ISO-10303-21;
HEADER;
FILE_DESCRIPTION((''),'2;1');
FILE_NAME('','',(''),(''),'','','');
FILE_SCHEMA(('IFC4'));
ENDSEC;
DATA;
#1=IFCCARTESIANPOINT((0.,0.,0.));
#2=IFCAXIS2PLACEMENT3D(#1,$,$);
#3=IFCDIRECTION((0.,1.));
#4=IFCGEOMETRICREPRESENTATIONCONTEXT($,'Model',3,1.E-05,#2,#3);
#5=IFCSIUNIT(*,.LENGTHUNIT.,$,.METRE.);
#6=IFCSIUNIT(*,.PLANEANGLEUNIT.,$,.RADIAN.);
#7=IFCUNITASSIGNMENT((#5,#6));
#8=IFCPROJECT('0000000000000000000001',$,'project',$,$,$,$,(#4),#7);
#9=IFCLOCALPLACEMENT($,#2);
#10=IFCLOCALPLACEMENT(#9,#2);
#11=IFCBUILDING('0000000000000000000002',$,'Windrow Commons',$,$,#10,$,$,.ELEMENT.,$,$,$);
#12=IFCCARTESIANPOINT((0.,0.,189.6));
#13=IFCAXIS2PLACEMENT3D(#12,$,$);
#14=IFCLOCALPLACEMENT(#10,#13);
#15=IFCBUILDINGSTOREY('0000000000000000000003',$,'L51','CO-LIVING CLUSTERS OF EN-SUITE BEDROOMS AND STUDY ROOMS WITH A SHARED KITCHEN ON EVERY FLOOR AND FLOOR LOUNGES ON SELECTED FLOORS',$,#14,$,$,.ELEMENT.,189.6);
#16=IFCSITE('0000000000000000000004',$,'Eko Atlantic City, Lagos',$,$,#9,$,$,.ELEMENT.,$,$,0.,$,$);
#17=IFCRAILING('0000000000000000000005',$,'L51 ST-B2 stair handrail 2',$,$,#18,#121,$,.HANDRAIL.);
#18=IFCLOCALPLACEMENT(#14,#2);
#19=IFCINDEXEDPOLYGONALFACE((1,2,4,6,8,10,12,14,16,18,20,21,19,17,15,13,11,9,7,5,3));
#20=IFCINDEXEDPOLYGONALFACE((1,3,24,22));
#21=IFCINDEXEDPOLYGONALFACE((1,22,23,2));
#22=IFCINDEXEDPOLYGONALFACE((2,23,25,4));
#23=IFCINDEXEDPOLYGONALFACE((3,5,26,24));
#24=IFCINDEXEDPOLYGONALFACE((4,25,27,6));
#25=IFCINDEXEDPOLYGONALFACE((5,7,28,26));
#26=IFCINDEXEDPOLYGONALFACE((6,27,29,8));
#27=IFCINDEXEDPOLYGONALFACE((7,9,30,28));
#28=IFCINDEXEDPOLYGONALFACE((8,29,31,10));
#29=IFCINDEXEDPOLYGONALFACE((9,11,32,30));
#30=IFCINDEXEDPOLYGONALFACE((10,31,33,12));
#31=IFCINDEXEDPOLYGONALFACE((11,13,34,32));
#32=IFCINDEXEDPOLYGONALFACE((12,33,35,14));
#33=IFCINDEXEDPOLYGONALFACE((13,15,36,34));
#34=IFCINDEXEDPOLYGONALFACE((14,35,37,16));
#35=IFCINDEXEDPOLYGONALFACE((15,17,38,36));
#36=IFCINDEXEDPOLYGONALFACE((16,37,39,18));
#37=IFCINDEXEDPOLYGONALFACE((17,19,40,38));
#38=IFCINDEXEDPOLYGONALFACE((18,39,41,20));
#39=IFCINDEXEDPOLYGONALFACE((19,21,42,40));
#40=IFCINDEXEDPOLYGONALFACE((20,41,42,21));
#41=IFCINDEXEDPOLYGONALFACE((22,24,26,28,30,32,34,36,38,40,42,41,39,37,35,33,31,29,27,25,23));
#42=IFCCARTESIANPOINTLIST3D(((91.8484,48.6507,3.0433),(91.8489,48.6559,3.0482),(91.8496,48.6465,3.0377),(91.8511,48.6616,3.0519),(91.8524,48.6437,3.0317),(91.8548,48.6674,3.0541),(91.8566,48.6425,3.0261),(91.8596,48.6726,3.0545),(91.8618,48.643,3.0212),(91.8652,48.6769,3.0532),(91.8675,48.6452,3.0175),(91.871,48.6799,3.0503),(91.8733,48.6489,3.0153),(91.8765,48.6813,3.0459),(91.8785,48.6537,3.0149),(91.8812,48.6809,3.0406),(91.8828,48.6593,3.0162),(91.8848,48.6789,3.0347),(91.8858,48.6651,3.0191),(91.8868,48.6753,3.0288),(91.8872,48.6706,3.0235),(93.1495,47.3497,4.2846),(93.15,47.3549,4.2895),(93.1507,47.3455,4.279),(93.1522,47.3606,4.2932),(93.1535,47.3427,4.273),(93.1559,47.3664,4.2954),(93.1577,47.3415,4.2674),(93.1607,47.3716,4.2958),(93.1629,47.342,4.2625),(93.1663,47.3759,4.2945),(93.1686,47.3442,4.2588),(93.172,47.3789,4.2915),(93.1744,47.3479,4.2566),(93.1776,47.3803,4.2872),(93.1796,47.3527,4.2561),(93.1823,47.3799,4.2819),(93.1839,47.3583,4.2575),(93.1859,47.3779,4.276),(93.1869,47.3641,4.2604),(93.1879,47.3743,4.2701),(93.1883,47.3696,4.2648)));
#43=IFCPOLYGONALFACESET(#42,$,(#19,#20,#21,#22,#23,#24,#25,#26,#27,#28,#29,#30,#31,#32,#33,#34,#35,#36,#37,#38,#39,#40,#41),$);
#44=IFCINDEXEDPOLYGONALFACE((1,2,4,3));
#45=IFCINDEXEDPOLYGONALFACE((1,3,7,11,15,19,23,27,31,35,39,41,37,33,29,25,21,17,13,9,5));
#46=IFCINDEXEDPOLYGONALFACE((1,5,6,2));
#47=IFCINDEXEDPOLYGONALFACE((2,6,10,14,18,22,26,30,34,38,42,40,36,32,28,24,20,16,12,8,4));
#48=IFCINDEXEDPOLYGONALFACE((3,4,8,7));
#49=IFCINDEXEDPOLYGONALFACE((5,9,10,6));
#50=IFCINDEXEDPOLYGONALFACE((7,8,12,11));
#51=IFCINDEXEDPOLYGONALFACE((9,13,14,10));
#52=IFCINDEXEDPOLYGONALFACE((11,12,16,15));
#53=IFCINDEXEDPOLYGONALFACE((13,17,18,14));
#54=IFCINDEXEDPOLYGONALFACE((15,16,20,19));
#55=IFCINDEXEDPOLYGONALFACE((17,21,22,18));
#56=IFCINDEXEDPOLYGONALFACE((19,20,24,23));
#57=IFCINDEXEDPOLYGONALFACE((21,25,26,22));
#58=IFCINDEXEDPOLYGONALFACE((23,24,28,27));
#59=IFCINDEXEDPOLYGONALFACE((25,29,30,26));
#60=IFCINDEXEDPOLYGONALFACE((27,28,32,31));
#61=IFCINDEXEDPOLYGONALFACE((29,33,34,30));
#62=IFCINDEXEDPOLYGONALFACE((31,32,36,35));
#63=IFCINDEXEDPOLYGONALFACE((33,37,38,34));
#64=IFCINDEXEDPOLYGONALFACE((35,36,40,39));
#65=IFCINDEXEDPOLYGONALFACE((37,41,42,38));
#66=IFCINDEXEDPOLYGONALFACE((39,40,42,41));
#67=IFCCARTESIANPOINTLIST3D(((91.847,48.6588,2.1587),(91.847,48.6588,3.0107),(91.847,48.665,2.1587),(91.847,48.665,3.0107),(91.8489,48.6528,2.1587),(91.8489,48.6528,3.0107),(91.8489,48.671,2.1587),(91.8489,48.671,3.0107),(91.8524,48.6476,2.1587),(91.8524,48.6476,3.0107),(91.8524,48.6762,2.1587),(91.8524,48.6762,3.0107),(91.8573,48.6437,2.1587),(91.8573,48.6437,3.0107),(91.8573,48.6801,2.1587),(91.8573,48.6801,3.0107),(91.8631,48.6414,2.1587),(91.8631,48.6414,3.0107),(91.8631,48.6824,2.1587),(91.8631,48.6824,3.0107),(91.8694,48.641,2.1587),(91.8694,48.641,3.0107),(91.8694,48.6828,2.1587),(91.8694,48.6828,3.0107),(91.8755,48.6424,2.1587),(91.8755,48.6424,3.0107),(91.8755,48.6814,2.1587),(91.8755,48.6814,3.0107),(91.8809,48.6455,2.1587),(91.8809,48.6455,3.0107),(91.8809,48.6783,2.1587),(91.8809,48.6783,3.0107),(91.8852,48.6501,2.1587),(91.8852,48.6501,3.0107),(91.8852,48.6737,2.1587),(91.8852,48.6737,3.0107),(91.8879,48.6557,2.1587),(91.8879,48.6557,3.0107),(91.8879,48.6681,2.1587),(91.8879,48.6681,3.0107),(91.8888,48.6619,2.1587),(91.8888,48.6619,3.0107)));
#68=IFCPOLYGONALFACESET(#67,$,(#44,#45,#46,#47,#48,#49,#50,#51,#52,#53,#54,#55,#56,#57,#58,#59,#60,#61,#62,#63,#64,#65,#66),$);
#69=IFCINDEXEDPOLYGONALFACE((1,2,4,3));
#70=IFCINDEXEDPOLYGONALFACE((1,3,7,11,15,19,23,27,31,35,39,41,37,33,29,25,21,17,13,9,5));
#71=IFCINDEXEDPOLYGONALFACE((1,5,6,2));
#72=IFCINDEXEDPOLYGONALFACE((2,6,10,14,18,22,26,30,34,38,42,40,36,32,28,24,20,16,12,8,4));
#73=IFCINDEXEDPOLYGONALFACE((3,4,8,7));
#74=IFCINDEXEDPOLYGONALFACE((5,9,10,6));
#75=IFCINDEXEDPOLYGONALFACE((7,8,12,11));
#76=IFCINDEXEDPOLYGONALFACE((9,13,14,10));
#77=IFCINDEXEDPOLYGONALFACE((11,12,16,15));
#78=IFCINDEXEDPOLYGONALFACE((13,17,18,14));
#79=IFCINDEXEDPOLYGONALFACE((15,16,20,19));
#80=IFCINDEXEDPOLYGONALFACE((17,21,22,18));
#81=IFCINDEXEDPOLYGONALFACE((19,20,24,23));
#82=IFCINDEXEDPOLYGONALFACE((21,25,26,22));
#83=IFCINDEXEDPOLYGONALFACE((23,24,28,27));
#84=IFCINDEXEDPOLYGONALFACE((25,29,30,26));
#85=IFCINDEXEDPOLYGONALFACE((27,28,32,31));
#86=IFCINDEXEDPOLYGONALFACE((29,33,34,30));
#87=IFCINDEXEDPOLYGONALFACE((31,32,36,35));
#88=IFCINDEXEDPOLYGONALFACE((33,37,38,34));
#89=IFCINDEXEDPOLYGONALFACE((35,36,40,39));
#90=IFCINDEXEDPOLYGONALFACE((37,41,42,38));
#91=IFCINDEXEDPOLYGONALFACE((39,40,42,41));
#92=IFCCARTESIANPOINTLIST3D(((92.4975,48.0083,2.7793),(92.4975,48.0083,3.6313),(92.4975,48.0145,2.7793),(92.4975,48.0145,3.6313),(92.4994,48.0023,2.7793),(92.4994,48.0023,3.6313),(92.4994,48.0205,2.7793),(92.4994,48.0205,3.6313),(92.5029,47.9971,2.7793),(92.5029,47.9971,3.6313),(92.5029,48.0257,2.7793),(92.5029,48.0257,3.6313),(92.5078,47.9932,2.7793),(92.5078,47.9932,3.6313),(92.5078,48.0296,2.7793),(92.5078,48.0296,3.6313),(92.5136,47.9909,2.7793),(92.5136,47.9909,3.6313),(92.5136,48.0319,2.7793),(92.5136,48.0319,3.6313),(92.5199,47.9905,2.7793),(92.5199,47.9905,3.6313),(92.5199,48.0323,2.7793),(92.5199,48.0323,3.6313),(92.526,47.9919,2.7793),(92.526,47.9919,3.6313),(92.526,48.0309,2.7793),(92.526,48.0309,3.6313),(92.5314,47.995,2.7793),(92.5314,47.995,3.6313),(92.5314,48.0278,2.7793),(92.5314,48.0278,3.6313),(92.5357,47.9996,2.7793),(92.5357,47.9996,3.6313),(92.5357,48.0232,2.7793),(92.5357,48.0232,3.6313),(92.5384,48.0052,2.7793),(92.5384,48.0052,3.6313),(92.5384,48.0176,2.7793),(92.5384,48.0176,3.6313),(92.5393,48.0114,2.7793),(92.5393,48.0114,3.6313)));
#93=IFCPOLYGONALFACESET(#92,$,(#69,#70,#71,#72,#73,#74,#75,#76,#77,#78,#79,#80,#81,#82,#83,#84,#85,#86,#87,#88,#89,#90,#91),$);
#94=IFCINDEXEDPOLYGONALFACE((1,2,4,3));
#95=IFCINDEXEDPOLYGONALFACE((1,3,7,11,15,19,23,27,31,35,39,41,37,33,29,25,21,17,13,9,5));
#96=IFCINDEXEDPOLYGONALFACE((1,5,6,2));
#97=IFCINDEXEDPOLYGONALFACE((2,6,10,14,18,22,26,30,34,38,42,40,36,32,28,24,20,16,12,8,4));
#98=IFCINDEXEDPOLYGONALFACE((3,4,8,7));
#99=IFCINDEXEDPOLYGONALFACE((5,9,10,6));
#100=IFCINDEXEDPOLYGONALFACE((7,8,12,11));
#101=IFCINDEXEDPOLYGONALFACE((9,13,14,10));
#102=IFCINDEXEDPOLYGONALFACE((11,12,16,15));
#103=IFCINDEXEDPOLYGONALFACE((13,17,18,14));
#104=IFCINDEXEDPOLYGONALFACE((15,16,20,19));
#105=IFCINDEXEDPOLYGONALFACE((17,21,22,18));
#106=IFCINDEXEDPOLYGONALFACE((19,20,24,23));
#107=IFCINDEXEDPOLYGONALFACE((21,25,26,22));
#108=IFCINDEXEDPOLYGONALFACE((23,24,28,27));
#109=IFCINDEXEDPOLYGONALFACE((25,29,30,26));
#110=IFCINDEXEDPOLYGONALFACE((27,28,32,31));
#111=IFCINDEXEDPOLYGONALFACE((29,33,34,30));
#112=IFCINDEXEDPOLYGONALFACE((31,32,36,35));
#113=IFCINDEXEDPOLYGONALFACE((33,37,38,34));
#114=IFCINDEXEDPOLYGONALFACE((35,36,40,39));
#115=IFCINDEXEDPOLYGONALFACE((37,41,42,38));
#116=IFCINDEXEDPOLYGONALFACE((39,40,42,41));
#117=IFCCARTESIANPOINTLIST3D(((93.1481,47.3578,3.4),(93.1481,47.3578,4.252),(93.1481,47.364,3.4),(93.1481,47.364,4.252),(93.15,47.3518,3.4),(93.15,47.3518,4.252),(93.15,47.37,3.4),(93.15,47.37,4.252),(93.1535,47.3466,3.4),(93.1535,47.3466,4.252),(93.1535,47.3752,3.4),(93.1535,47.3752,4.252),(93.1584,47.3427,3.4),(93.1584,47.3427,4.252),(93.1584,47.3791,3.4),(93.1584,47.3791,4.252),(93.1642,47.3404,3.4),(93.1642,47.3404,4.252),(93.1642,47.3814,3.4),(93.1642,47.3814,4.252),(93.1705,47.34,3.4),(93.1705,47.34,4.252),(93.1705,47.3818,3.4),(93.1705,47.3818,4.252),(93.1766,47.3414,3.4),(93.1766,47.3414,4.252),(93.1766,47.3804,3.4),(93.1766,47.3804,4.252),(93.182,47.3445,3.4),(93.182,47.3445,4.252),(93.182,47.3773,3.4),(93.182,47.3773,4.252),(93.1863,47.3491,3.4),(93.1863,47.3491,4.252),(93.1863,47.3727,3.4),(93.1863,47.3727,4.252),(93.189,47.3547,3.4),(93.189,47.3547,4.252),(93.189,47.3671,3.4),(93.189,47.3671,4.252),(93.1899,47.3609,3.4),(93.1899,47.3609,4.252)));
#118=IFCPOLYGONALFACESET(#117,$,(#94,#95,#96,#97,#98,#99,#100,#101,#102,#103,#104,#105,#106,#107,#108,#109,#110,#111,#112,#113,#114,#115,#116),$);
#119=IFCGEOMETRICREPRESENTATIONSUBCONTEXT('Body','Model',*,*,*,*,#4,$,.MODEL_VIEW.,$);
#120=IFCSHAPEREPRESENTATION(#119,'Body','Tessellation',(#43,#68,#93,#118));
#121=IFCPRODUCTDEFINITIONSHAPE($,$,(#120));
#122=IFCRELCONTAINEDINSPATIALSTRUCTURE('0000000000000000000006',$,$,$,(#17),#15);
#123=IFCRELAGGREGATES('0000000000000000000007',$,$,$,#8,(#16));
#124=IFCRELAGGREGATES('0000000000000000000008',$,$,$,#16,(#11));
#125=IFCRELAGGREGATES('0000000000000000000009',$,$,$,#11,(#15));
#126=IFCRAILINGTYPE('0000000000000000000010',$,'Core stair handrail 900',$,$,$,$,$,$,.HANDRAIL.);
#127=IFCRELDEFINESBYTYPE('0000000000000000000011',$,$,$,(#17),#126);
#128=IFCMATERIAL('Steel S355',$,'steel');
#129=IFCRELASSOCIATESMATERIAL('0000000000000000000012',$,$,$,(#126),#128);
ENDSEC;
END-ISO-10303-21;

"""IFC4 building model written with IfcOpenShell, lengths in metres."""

from ifc_helpers import new_model, si_unit, direction, frame, origin, origin_2d, place, context, subcontext, project, spatial, circle, extrude, material, type_object, element, save


model = new_model("IFC4")

# Units and contexts
model_context = context("Model", 3, precision=1e-05, world=origin(), true_north=direction((0.0, 1.0)))
body_context = subcontext(model_context, "Body", "Model", "MODEL_VIEW")
ifc_project = project(units=[si_unit("LENGTHUNIT", "METRE"), si_unit("PLANEANGLEUNIT", "RADIAN")], contexts=[model_context])

# Site, building, storey
site_placement = place(None, origin())
site = spatial("IfcSite", under=ifc_project, at=site_placement, Name="Eko Atlantic City, Lagos", CompositionType="ELEMENT", RefElevation=0.0)
building_placement = place(site_placement, origin())
building = spatial("IfcBuilding", under=site, at=building_placement, Name="Windrow Commons", CompositionType="ELEMENT")
storey_placement = place(building_placement, frame((0.0, 0.0, 189.6)))
storey = spatial("IfcBuildingStorey", under=building, at=storey_placement, Name="L51", Description="CO-LIVING CLUSTERS OF EN-SUITE BEDROOMS AND STUDY ROOMS WITH A SHARED KITCHEN ON EVERY FLOOR AND FLOOR LOUNGES ON SELECTED FLOORS", CompositionType="ELEMENT", Elevation=189.6)

# Railing
ifc_material_1 = material(Name="Steel S355", Category="steel")
railing_type_1 = type_object("IfcRailingType", Name="Core stair handrail 900", PredefinedType="HANDRAIL", material=ifc_material_1)
railing_1_placement = place(storey_placement, frame((91.8678, 48.6619, 2.1587)))
element("IfcRailing", 1, at=railing_1_placement, inside=storey, type_object=railing_type_1, Name="L51 ST-B2 stair handrail 2", PredefinedType="HANDRAIL", context=body_context, shape_type="SweptSolid", body=[
    extrude(circle(Radius=0.024, at=origin_2d()), frame((0.0, 0.0, 0.876), z_axis=(0.586207, -0.586162, 0.559264), x_axis=(0.70708, 0.707134, 0.0)), (0.0, 0.0, 1.0), 2.2195),
    extrude(circle(Radius=0.021, at=origin_2d()), origin(), (0.0, 0.0, 1.0), 0.852),
    extrude(circle(Radius=0.021, at=origin_2d()), frame((0.6505, -0.6505, 0.6206)), (0.0, 0.0, 1.0), 0.852),
    extrude(circle(Radius=0.021, at=origin_2d()), frame((1.3011, -1.301, 1.2413)), (0.0, 0.0, 1.0), 0.852),
])

save(model, "model.ifc")
